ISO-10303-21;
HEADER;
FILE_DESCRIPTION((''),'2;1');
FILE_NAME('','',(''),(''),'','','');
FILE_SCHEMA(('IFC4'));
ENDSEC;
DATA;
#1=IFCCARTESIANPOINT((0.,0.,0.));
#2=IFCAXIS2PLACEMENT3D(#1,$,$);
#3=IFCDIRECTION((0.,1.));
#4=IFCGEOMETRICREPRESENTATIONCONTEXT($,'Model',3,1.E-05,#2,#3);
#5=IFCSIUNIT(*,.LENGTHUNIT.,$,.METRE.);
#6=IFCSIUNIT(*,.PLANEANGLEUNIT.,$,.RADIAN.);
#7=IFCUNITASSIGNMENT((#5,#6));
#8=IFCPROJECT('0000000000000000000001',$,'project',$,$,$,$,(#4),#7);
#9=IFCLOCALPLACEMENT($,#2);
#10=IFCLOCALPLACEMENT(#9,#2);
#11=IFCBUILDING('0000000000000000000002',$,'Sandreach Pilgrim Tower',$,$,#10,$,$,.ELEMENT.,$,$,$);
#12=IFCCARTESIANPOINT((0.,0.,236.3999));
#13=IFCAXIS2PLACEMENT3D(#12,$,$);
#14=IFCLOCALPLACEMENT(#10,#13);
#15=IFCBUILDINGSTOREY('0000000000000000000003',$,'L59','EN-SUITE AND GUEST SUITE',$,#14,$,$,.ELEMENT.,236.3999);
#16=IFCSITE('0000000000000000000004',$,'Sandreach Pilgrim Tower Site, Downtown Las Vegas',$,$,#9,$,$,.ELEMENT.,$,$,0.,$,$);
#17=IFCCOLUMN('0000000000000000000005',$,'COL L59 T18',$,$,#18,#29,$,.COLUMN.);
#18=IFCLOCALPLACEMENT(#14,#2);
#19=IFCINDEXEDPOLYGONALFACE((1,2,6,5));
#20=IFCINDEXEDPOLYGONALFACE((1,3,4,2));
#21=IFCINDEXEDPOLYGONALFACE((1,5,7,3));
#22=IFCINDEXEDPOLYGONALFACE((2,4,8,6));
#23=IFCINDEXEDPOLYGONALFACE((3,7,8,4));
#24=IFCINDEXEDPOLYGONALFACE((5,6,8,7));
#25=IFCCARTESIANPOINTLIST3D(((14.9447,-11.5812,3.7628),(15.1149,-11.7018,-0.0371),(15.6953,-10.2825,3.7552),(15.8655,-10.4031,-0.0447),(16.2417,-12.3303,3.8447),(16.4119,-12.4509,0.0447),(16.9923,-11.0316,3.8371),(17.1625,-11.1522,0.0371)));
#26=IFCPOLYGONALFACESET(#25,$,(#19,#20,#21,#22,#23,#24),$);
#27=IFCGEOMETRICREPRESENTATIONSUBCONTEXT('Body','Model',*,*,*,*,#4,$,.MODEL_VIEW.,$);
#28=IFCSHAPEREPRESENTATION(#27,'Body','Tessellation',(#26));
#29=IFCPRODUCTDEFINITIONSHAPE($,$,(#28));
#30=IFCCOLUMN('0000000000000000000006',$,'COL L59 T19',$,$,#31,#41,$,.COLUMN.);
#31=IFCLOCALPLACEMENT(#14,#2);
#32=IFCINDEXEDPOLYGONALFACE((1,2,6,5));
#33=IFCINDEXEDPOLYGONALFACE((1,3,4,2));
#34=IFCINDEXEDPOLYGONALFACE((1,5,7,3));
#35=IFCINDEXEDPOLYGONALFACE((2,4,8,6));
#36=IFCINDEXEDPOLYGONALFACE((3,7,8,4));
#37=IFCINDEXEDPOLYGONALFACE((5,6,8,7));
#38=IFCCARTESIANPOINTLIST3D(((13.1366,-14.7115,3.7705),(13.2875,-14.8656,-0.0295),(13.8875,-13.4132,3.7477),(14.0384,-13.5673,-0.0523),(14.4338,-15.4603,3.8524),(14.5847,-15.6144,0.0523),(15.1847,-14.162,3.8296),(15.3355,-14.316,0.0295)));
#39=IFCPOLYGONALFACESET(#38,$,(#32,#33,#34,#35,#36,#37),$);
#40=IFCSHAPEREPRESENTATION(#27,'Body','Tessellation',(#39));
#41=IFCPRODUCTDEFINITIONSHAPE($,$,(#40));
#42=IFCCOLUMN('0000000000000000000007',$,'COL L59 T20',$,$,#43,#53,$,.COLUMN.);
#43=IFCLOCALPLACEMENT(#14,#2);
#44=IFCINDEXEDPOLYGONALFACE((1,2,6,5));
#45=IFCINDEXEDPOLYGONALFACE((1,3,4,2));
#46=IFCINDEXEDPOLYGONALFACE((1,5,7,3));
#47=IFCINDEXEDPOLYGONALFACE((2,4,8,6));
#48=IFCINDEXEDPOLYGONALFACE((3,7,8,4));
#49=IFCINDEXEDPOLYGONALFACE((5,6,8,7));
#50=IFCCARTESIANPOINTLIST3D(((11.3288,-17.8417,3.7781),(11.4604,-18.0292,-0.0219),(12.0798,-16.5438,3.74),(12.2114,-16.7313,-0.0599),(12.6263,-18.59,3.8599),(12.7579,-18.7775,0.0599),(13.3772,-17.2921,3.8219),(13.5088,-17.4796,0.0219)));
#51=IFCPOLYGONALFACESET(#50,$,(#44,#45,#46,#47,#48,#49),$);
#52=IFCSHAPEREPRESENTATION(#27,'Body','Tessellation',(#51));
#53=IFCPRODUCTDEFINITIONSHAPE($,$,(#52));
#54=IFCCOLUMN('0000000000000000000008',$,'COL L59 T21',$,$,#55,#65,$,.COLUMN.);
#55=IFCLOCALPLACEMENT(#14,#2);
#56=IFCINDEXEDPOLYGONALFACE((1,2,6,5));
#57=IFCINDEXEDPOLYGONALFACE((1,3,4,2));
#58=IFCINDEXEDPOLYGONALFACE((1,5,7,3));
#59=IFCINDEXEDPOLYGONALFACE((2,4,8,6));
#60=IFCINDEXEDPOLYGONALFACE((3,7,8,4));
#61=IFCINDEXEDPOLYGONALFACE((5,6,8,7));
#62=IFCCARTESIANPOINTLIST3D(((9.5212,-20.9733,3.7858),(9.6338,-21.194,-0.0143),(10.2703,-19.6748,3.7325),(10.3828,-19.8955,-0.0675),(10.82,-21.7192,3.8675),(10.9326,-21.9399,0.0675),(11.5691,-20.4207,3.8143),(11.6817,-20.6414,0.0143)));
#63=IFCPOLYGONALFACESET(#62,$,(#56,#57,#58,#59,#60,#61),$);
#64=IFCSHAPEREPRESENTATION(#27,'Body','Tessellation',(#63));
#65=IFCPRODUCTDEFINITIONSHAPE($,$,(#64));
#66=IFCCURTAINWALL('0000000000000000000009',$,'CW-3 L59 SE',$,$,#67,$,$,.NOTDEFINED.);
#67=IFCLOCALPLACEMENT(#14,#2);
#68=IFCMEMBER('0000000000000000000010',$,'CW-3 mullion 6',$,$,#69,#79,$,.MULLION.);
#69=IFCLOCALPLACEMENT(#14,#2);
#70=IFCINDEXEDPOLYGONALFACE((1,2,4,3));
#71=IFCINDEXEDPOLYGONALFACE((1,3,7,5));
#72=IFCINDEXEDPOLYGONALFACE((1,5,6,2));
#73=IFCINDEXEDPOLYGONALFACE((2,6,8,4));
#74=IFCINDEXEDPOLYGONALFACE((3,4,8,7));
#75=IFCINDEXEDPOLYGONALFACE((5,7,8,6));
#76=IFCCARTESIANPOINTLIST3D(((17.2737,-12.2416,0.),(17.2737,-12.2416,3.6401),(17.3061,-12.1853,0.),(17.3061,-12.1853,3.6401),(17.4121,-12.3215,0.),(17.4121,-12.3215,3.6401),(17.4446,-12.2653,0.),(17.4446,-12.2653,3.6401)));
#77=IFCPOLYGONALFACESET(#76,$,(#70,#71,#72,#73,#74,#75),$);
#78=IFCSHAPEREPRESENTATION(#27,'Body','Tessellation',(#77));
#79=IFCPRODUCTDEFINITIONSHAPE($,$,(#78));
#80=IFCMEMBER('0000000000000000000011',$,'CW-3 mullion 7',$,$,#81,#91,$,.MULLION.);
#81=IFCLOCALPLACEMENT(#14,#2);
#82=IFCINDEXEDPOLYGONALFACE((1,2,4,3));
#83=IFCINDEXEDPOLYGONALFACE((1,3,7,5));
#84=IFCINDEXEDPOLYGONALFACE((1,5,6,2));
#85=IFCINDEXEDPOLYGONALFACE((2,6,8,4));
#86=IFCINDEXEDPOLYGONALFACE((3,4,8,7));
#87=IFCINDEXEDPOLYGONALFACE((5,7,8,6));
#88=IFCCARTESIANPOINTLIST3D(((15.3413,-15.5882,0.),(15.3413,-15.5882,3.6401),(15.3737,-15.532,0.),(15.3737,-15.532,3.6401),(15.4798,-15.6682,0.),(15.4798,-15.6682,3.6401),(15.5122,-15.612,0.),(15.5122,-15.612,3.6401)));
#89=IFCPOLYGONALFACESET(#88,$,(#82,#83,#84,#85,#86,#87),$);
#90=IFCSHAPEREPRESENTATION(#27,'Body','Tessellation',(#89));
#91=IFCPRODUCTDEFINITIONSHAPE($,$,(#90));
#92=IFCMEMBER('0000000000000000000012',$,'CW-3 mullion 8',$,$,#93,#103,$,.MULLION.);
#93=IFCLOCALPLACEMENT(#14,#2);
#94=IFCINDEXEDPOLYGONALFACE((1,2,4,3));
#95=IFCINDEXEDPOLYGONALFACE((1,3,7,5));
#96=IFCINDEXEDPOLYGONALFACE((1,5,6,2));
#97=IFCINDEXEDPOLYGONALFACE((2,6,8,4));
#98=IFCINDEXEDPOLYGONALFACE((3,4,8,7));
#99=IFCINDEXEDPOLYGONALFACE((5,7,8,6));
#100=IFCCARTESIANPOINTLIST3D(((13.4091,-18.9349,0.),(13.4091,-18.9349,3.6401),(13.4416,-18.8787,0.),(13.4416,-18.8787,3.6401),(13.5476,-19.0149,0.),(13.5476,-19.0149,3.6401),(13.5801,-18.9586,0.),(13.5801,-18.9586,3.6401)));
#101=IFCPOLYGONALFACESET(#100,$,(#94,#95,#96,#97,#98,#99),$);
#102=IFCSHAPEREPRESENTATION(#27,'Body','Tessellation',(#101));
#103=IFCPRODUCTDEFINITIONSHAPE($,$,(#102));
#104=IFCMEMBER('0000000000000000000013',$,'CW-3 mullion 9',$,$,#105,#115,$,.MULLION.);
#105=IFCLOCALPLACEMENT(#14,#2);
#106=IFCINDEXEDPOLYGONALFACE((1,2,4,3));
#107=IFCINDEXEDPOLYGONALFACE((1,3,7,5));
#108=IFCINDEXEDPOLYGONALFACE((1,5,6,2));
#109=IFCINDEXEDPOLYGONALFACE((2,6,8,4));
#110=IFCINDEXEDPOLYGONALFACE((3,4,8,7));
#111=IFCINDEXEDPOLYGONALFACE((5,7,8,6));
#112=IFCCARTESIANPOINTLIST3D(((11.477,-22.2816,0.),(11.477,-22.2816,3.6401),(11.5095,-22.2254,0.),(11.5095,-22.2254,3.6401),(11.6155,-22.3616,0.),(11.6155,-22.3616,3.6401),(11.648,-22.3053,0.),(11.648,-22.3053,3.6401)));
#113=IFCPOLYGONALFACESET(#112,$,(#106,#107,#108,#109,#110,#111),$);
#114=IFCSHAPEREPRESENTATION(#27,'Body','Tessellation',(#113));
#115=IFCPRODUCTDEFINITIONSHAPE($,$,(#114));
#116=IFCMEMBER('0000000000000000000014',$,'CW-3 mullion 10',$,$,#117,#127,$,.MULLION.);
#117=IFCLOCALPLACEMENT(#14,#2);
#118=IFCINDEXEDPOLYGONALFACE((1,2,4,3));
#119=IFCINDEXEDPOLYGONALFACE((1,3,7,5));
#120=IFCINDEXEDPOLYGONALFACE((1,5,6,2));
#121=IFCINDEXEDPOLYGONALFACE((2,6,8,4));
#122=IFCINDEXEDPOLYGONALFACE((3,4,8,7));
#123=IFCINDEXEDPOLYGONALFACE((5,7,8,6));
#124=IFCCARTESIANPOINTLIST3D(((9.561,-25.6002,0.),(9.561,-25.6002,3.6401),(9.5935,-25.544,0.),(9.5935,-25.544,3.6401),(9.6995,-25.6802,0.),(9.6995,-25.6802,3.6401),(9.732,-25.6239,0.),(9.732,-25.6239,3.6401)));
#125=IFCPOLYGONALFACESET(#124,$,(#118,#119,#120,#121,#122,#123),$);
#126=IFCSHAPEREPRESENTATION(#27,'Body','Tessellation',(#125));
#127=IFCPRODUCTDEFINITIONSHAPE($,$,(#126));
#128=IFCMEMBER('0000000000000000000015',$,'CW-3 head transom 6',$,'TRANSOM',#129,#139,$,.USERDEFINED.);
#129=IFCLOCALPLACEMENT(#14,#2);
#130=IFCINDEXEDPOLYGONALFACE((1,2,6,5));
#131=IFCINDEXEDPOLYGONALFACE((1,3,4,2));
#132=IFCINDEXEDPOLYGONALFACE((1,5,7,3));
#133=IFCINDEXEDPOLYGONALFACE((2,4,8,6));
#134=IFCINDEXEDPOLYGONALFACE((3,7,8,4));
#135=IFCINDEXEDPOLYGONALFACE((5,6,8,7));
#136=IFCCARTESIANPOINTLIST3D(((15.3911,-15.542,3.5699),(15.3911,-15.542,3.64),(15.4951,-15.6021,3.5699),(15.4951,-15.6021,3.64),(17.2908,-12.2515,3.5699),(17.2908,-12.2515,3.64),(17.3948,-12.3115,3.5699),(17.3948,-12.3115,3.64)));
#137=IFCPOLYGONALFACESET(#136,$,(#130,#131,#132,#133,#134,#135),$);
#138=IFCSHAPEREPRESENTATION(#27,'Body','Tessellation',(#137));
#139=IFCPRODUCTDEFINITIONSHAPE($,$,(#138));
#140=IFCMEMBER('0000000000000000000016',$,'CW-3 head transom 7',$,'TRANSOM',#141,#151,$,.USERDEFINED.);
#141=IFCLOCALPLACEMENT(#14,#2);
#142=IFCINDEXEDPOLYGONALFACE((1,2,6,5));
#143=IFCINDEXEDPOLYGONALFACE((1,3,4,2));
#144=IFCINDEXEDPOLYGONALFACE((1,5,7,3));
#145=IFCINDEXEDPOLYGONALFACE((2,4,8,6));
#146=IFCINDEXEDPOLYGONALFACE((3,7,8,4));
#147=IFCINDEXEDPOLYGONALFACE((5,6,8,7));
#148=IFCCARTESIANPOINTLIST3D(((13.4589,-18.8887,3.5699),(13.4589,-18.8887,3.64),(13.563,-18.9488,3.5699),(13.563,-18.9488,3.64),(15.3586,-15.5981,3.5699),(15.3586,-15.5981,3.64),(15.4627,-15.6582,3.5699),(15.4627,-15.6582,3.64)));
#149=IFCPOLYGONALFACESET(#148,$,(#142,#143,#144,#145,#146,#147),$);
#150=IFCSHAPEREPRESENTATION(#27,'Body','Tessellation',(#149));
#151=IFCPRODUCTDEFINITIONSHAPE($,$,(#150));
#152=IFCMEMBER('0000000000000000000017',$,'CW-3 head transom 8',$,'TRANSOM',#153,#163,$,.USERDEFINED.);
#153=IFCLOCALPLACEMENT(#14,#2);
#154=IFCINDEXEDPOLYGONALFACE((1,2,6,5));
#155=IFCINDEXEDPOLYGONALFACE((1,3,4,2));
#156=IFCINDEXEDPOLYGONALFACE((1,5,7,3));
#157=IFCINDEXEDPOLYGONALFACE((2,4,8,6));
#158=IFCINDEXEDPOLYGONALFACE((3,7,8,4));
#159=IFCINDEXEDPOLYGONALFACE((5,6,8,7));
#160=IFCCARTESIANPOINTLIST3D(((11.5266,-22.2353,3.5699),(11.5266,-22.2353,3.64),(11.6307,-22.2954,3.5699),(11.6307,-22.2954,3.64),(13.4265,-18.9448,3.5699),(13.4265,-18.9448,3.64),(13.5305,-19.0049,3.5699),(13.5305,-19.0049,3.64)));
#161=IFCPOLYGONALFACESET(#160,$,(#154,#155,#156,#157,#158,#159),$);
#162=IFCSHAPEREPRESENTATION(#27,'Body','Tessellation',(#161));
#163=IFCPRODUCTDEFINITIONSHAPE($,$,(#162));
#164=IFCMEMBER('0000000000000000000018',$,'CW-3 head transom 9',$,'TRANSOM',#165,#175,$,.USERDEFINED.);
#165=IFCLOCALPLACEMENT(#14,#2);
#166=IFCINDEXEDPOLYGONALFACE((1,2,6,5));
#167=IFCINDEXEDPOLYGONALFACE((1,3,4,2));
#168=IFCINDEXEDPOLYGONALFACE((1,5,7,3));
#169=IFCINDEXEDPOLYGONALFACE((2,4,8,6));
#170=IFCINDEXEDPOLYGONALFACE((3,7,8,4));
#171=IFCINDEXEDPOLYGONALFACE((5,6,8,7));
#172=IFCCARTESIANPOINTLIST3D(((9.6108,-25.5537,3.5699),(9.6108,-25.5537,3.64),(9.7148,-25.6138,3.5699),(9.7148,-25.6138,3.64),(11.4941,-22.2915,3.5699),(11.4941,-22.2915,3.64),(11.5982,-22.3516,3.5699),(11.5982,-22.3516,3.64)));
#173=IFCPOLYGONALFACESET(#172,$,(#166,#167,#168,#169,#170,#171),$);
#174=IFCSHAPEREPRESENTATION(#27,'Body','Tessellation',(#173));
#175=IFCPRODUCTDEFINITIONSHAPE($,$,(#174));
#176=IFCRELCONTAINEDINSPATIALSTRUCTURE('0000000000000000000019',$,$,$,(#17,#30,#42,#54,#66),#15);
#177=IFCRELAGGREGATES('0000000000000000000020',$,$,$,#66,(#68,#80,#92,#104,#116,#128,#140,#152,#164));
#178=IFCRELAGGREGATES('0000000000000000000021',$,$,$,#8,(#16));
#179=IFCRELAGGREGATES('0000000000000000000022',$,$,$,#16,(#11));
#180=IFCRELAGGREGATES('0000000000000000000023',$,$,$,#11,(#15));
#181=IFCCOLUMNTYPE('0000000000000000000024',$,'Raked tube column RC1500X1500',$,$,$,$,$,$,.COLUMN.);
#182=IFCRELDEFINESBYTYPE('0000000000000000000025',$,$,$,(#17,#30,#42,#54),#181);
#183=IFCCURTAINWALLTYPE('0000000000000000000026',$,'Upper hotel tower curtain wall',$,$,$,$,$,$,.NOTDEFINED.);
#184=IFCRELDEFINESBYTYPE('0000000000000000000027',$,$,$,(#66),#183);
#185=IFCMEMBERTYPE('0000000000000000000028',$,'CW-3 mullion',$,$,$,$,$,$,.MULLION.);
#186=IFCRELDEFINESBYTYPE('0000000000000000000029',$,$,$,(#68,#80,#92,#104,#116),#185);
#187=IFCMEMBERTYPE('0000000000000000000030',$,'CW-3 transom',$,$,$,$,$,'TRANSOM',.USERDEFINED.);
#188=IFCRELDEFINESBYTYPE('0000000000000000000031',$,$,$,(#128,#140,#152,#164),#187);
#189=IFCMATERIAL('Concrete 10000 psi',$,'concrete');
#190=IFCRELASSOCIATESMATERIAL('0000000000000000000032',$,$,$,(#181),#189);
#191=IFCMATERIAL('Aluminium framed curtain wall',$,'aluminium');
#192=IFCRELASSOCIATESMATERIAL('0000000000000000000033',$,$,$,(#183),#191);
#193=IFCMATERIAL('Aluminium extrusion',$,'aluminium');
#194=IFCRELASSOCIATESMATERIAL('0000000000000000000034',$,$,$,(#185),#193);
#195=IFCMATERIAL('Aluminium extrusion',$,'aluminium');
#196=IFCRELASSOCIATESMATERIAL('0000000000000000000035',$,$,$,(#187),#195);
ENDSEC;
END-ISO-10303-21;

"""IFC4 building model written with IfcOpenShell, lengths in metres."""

from ifc_helpers import new_model, si_unit, direction, frame, origin, origin_2d, place, context, subcontext, project, spatial, rectangle, extrude, material, material_profile, profile_set, type_object, element, aggregate, save


model = new_model("IFC4")

# Units and contexts
model_context = context("Model", 3, precision=1e-05, world=origin(), true_north=direction((0.0, 1.0)))
body_context = subcontext(model_context, "Body", "Model", "MODEL_VIEW")
ifc_project = project(units=[si_unit("LENGTHUNIT", "METRE"), si_unit("PLANEANGLEUNIT", "RADIAN")], contexts=[model_context])

# Site, building, storey
site_placement = place(None, origin())
site = spatial("IfcSite", under=ifc_project, at=site_placement, Name="Sandreach Pilgrim Tower Site, Downtown Las Vegas", CompositionType="ELEMENT", RefElevation=0.0)
building_placement = place(site_placement, origin())
building = spatial("IfcBuilding", under=site, at=building_placement, Name="Sandreach Pilgrim Tower", CompositionType="ELEMENT")
storey_placement = place(building_placement, frame((0.0, 0.0, 236.3999)))
storey = spatial("IfcBuildingStorey", under=building, at=storey_placement, Name="L59", Description="EN-SUITE AND GUEST SUITE", CompositionType="ELEMENT", Elevation=236.3999)

# Columns
ifc_material_1 = material(Name="Concrete 10000 psi", Category="concrete")
ifc_material_profile_1 = material_profile(ifc_material_1, rectangle(XDim=1.5, YDim=1.5, at=origin_2d()), Name="RC1500X1500")
ifc_profile_set_1 = profile_set([ifc_material_profile_1], Name="Concrete 10000 psi")
column_type = type_object("IfcColumnType", Name="Raked tube column RC1500X1500", PredefinedType="COLUMN", material=ifc_profile_set_1)
column_1_placement = place(storey_placement, frame((16.1387, -11.427, 0.0), z_axis=(-0.044713, 0.03169, 0.998497), x_axis=(0.864641, -0.499418, 0.054569)))
element("IfcColumn", 1, at=column_1_placement, inside=storey, type_object=column_type, Name="COL L59 T18", PredefinedType="COLUMN", context=body_context, shape_type="SweptSolid", body=[
    extrude(rectangle(XDim=1.5, YDim=1.5, at=origin_2d()), origin(), (0.0, 0.0, 1.0), 3.8057),
])
column_2_placement = place(storey_placement, frame((14.3115, -14.5908, 0.0), z_axis=(-0.039641, 0.040475, 0.998394), x_axis=(0.864775, -0.499185, 0.054572)))
element("IfcColumn", 2, at=column_2_placement, inside=storey, type_object=column_type, Name="COL L59 T19", PredefinedType="COLUMN", context=body_context, shape_type="SweptSolid", body=[
    extrude(rectangle(XDim=1.5, YDim=1.5, at=origin_2d()), origin(), (0.0, 0.0, 1.0), 3.8062),
])
column_3_placement = place(storey_placement, frame((12.4846, -17.7544, 0.0), z_axis=(-0.034566, 0.049252, 0.998188), x_axis=(0.86497, -0.498848, 0.054567)))
element("IfcColumn", 3, at=column_3_placement, inside=storey, type_object=column_type, Name="COL L59 T20", PredefinedType="COLUMN", context=body_context, shape_type="SweptSolid", body=[
    extrude(rectangle(XDim=1.5, YDim=1.5, at=origin_2d()), origin(), (0.0, 0.0, 1.0), 3.8069),
])
column_4_placement = place(storey_placement, frame((10.6577, -20.9177, 0.0), z_axis=(-0.029555, 0.057956, 0.997882), x_axis=(0.865881, -0.49727, 0.054526)))
element("IfcColumn", 4, at=column_4_placement, inside=storey, type_object=column_type, Name="COL L59 T21", PredefinedType="COLUMN", context=body_context, shape_type="SweptSolid", body=[
    extrude(rectangle(XDim=1.5, YDim=1.5, at=origin_2d()), origin(), (0.0, 0.0, 1.0), 3.8081),
])

# Curtain wall, members
ifc_material_2 = material(Name="Aluminium framed curtain wall", Category="aluminium")
curtain_wall_type = type_object("IfcCurtainWallType", Name="Upper hotel tower curtain wall", PredefinedType="NOTDEFINED", material=ifc_material_2)
curtain_wall_placement = place(storey_placement, origin())
curtain_wall = element("IfcCurtainWall", 5, at=curtain_wall_placement, inside=storey, type_object=curtain_wall_type, Name="CW-3 L59 SE", PredefinedType="NOTDEFINED")
ifc_material_3 = material(Name="Aluminium extrusion", Category="aluminium")
ifc_material_profile_2 = material_profile(ifc_material_3, rectangle(XDim=0.0649, YDim=0.1599, at=origin_2d()), Name="CW-3M 65X160")
ifc_profile_set_2 = profile_set([ifc_material_profile_2], Name="Aluminium extrusion")
member_type_1 = type_object("IfcMemberType", Name="CW-3 mullion", PredefinedType="MULLION", material=ifc_profile_set_2)
member_1_placement = place(storey_placement, frame((17.3591, -12.2534, 0.0), z_axis=(0.0, 0.0, 1.0), x_axis=(-0.5, -0.866025, 0.0)))
member_1 = element("IfcMember", 6, at=member_1_placement, type_object=member_type_1, Name="CW-3 mullion 6", PredefinedType="MULLION", context=body_context, shape_type="SweptSolid", body=[
    extrude(rectangle(XDim=0.0649, YDim=0.1599, at=origin_2d()), origin(), (0.0, 0.0, 1.0), 3.6401),
])
member_2_placement = place(storey_placement, frame((15.4268, -15.6001, 0.0), z_axis=(0.0, 0.0, 1.0), x_axis=(-0.5, -0.866025, 0.0)))
member_2 = element("IfcMember", 7, at=member_2_placement, type_object=member_type_1, Name="CW-3 mullion 7", PredefinedType="MULLION", context=body_context, shape_type="SweptSolid", body=[
    extrude(rectangle(XDim=0.0649, YDim=0.1599, at=origin_2d()), origin(), (0.0, 0.0, 1.0), 3.6401),
])
member_3_placement = place(storey_placement, frame((13.4946, -18.9468, 0.0), z_axis=(0.0, 0.0, 1.0), x_axis=(-0.5, -0.866025, 0.0)))
member_3 = element("IfcMember", 8, at=member_3_placement, type_object=member_type_1, Name="CW-3 mullion 8", PredefinedType="MULLION", context=body_context, shape_type="SweptSolid", body=[
    extrude(rectangle(XDim=0.0649, YDim=0.1599, at=origin_2d()), origin(), (0.0, 0.0, 1.0), 3.6401),
])
member_4_placement = place(storey_placement, frame((11.5625, -22.2935, 0.0), z_axis=(0.0, 0.0, 1.0), x_axis=(-0.5, -0.866025, 0.0)))
member_4 = element("IfcMember", 9, at=member_4_placement, type_object=member_type_1, Name="CW-3 mullion 9", PredefinedType="MULLION", context=body_context, shape_type="SweptSolid", body=[
    extrude(rectangle(XDim=0.0649, YDim=0.1599, at=origin_2d()), origin(), (0.0, 0.0, 1.0), 3.6401),
])
member_5_placement = place(storey_placement, frame((9.6465, -25.6121, 0.0), z_axis=(0.0, 0.0, 1.0), x_axis=(-0.5, -0.866025, 0.0)))
member_5 = element("IfcMember", 10, at=member_5_placement, type_object=member_type_1, Name="CW-3 mullion 10", PredefinedType="MULLION", context=body_context, shape_type="SweptSolid", body=[
    extrude(rectangle(XDim=0.0649, YDim=0.1599, at=origin_2d()), origin(), (0.0, 0.0, 1.0), 3.6401),
])
ifc_material_4 = material(Name="Aluminium extrusion", Category="aluminium")
ifc_material_profile_3 = material_profile(ifc_material_4, rectangle(XDim=0.1201, YDim=0.0701, at=origin_2d()), Name="CW-3T 120X70")
ifc_profile_set_3 = profile_set([ifc_material_profile_3], Name="Aluminium extrusion")
member_type_2 = type_object("IfcMemberType", Name="CW-3 transom", ElementType="TRANSOM", PredefinedType="USERDEFINED", material=ifc_profile_set_3)
member_6_placement = place(storey_placement, frame((17.3428, -12.2815, 3.605), z_axis=(-0.499975, -0.86604, 0.0), x_axis=(0.86604, -0.499975, 0.0)))
member_6 = element("IfcMember", 11, at=member_6_placement, type_object=member_type_2, Name="CW-3 head transom 6", ObjectType="TRANSOM", PredefinedType="USERDEFINED", context=body_context, shape_type="SweptSolid", body=[
    extrude(rectangle(XDim=0.1201, YDim=0.0701, at=origin_2d()), origin(), (0.0, 0.0, 1.0), 3.7996),
])
member_7_placement = place(storey_placement, frame((15.4106, -15.6282, 3.605), z_axis=(-0.499975, -0.86604, 0.0), x_axis=(0.86604, -0.499975, 0.0)))
member_7 = element("IfcMember", 12, at=member_7_placement, type_object=member_type_2, Name="CW-3 head transom 7", ObjectType="TRANSOM", PredefinedType="USERDEFINED", context=body_context, shape_type="SweptSolid", body=[
    extrude(rectangle(XDim=0.1201, YDim=0.0701, at=origin_2d()), origin(), (0.0, 0.0, 1.0), 3.7996),
])
member_8_placement = place(storey_placement, frame((13.4785, -18.9749, 3.605), z_axis=(-0.500023, -0.866012, 0.0), x_axis=(0.866012, -0.500023, 0.0)))
member_8 = element("IfcMember", 13, at=member_8_placement, type_object=member_type_2, Name="CW-3 head transom 8", ObjectType="TRANSOM", PredefinedType="USERDEFINED", context=body_context, shape_type="SweptSolid", body=[
    extrude(rectangle(XDim=0.1201, YDim=0.0701, at=origin_2d()), origin(), (0.0, 0.0, 1.0), 3.7996),
])
member_9_placement = place(storey_placement, frame((11.5461, -22.3215, 3.605), z_axis=(-0.499973, -0.866041, 0.0), x_axis=(0.866041, -0.499973, 0.0)))
member_9 = element("IfcMember", 14, at=member_9_placement, type_object=member_type_2, Name="CW-3 head transom 9", ObjectType="TRANSOM", PredefinedType="USERDEFINED", context=body_context, shape_type="SweptSolid", body=[
    extrude(rectangle(XDim=0.1201, YDim=0.0701, at=origin_2d()), origin(), (0.0, 0.0, 1.0), 3.7668),
])

aggregate(curtain_wall, [member_1, member_2, member_3, member_4, member_5, member_6, member_7, member_8, member_9])

save(model, "model.ifc")
